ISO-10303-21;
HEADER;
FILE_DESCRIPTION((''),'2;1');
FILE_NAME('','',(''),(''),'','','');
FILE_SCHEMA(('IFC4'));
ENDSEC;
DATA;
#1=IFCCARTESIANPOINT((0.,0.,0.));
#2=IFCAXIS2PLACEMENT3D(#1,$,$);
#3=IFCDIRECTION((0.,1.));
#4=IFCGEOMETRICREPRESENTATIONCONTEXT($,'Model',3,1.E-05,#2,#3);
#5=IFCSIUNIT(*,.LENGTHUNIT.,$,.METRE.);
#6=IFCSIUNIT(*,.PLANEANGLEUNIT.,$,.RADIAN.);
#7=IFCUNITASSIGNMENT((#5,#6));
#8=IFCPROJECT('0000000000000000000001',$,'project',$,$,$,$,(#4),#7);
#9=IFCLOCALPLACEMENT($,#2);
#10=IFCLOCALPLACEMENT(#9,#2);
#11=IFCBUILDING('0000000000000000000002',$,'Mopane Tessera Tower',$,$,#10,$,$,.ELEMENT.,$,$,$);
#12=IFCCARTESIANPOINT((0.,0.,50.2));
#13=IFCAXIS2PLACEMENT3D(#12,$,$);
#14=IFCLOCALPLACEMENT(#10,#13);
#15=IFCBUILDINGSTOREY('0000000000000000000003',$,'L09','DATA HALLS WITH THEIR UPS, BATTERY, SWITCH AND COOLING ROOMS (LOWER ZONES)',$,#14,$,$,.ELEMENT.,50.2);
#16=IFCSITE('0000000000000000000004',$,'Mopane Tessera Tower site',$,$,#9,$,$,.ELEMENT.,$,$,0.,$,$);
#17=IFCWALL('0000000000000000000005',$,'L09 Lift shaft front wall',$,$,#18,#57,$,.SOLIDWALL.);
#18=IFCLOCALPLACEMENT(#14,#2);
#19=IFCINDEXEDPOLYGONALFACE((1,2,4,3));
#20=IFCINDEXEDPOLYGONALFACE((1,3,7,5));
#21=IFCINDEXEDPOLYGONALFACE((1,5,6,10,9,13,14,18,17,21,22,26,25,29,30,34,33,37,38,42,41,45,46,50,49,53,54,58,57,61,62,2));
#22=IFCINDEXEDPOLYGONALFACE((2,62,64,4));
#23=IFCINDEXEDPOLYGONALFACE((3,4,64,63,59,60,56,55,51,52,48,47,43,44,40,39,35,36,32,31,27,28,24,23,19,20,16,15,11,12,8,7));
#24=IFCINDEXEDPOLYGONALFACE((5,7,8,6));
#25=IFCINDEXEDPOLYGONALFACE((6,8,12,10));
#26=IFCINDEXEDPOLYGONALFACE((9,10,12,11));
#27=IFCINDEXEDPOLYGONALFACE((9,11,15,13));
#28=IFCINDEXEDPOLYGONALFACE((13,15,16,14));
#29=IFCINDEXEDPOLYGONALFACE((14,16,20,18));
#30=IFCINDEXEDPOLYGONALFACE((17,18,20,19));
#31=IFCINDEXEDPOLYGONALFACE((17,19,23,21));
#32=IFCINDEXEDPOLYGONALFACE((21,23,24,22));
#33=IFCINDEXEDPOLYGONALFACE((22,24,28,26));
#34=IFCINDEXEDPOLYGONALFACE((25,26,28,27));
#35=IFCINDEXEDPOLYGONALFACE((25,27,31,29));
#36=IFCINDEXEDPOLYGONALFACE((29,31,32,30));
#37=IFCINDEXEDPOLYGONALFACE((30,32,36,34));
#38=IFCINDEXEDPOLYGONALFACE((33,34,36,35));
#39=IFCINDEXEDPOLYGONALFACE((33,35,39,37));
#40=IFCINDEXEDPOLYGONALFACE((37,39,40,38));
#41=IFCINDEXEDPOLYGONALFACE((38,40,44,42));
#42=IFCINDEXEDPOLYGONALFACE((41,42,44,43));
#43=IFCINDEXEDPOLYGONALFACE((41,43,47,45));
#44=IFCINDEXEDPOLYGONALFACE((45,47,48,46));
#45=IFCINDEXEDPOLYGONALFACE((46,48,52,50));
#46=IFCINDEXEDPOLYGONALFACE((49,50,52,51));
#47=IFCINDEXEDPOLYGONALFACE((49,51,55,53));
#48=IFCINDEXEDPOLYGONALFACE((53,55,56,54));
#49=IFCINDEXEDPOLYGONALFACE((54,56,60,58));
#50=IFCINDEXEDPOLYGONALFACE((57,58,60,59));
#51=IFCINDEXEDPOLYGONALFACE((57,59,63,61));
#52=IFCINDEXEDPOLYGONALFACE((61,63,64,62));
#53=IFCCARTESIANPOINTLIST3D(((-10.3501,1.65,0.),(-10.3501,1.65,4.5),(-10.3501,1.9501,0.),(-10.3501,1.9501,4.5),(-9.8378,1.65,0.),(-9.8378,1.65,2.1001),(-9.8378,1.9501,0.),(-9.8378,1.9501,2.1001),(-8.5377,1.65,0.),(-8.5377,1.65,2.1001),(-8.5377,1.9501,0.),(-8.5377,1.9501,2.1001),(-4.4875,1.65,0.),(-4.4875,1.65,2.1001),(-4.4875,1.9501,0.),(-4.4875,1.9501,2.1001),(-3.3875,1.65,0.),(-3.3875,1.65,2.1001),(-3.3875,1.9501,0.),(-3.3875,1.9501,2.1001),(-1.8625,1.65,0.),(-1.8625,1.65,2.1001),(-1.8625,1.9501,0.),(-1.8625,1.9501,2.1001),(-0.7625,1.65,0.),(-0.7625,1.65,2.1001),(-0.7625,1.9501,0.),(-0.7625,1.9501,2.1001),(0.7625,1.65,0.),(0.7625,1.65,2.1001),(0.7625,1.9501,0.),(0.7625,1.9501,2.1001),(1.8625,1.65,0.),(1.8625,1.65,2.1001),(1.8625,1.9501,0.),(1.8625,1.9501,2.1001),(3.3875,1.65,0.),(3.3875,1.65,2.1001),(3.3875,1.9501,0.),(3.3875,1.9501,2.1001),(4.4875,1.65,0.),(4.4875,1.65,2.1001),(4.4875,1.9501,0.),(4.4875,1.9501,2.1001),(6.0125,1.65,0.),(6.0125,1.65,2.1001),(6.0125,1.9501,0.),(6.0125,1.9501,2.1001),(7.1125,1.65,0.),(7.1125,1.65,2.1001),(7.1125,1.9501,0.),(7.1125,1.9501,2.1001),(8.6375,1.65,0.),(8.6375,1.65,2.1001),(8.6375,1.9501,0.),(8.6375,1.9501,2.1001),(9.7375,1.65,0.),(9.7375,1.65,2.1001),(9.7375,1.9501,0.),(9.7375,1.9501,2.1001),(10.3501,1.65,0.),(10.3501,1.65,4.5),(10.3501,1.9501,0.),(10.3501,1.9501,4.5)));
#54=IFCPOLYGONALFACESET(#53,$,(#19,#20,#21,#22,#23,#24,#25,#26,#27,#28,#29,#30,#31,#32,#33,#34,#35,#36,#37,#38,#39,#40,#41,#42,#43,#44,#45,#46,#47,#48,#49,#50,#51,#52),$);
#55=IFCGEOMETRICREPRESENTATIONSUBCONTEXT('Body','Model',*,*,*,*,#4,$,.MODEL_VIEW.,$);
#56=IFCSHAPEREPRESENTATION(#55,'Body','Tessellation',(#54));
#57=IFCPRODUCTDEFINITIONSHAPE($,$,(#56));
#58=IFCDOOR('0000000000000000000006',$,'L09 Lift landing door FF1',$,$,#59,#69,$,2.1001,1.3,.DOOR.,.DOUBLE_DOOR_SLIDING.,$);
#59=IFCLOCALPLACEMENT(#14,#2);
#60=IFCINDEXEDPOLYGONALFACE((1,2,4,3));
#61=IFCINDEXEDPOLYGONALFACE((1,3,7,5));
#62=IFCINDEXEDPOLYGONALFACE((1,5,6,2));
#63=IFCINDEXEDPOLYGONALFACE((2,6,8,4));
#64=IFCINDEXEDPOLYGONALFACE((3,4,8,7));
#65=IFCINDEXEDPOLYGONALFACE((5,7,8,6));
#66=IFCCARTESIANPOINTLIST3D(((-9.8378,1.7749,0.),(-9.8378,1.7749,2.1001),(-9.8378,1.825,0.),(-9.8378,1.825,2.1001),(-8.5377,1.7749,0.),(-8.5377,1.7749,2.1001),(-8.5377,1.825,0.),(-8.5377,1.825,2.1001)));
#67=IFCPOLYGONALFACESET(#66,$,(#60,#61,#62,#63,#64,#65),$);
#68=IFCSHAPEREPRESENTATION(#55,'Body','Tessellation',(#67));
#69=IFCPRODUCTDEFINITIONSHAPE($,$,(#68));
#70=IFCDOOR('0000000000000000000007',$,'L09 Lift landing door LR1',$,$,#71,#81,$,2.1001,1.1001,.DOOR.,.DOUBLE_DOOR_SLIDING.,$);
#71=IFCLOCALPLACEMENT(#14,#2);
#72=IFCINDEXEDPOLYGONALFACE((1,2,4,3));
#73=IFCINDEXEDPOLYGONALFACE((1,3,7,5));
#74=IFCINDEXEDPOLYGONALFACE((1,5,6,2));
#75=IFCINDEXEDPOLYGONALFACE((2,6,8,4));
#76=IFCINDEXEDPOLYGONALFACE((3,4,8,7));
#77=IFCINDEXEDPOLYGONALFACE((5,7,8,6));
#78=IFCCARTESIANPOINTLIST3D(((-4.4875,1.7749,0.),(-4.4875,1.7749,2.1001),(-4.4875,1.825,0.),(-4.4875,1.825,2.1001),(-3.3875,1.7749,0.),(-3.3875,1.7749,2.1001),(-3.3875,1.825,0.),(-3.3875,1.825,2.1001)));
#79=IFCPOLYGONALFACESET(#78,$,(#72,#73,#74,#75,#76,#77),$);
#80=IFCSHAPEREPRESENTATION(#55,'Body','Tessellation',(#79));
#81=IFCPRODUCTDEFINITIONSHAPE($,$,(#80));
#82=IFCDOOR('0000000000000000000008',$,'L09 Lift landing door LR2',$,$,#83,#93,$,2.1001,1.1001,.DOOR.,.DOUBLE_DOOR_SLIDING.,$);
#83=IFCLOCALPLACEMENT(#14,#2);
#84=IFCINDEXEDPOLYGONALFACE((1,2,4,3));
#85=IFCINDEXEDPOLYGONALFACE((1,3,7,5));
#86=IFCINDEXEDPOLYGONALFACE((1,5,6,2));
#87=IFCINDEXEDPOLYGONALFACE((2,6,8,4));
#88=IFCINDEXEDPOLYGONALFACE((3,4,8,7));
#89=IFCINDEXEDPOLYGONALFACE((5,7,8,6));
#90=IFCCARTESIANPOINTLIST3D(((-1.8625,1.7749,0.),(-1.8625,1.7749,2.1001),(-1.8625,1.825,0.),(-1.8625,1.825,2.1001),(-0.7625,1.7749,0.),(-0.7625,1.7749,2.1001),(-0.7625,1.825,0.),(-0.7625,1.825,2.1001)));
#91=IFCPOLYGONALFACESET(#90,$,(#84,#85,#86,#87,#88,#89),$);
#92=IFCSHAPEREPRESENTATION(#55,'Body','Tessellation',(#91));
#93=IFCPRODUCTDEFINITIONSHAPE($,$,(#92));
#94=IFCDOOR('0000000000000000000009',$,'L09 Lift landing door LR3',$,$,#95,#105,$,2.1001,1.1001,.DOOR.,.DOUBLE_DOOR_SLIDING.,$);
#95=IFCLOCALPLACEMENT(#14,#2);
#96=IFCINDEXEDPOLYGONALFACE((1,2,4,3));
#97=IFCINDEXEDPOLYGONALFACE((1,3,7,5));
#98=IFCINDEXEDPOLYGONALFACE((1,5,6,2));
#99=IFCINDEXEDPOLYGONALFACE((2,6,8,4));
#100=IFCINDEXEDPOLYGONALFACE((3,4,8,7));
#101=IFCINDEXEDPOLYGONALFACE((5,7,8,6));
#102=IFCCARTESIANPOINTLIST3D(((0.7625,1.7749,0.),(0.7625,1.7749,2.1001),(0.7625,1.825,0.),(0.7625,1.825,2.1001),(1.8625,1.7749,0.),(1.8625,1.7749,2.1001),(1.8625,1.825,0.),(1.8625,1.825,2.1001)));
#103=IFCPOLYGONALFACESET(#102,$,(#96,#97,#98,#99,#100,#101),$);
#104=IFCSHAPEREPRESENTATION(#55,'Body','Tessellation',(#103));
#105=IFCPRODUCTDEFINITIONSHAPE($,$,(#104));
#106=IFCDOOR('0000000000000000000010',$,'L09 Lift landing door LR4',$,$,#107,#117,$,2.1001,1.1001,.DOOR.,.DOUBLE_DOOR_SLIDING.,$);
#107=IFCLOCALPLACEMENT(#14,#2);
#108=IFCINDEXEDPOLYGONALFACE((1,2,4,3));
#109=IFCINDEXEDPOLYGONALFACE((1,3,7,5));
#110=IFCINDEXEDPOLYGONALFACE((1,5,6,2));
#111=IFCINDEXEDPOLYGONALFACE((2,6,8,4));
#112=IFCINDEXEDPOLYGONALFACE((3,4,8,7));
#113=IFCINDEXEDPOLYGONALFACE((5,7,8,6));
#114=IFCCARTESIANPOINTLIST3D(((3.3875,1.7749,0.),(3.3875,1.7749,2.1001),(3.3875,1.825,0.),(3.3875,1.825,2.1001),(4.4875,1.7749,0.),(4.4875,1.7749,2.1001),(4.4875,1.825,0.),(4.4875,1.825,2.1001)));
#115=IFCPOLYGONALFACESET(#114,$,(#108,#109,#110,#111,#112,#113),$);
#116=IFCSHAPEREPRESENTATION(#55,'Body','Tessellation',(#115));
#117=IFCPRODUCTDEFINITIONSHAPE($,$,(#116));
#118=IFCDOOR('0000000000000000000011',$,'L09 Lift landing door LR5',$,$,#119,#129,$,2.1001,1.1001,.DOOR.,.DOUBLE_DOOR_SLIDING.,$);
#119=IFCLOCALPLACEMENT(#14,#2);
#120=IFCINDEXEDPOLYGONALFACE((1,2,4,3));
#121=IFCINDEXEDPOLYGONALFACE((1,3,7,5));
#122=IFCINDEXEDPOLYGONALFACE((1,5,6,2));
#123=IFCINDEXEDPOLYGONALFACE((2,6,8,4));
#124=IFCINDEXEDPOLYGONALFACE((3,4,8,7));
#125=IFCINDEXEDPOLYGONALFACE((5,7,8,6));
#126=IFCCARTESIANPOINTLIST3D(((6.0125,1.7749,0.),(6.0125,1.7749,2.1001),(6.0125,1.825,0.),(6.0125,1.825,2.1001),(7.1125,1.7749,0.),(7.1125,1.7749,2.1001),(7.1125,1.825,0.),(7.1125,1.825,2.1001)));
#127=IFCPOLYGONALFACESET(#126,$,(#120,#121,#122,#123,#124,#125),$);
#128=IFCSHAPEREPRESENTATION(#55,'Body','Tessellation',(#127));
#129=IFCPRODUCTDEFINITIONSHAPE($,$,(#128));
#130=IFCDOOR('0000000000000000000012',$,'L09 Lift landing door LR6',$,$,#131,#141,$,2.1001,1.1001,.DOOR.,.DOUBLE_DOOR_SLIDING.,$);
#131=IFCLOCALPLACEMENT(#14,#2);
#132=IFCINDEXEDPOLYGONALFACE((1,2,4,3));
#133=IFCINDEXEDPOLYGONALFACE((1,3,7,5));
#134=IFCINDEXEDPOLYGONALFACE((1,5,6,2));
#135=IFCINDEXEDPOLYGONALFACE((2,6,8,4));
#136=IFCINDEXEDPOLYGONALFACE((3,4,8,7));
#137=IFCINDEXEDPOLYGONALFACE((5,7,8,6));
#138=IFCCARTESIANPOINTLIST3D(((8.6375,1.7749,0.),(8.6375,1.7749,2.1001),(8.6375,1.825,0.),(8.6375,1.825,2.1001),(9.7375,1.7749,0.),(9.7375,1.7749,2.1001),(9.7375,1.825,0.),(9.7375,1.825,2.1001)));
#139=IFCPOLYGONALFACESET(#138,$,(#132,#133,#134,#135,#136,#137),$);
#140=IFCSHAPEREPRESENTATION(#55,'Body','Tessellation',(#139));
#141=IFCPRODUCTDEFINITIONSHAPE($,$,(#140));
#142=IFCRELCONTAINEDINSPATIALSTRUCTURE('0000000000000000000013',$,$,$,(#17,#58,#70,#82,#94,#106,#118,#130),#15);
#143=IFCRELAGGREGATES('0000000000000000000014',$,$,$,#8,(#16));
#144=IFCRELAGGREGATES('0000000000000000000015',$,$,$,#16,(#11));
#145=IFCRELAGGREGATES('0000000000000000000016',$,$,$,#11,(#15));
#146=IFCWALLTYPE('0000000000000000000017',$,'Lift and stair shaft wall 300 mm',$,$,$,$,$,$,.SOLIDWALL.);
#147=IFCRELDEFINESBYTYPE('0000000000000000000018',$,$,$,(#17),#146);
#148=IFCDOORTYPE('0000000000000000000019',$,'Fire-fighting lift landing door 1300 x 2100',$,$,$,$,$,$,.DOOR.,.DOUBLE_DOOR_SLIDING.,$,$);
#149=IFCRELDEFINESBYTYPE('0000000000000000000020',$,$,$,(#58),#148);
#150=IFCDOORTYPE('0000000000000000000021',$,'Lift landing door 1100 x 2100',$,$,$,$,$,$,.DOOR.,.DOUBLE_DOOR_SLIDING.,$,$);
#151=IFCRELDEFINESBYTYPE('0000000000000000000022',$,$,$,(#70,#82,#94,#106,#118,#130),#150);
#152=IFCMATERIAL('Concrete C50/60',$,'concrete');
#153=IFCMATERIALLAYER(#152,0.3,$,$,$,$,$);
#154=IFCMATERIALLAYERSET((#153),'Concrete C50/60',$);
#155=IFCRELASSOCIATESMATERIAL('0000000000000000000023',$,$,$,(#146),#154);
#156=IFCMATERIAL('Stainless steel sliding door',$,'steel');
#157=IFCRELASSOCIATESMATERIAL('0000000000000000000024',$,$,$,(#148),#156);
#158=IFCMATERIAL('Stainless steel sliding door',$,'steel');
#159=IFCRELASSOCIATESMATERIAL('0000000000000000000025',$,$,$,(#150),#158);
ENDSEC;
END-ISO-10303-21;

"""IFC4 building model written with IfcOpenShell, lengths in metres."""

from ifc_helpers import new_model, si_unit, direction, frame, frame_2d, origin, place, context, subcontext, project, spatial, rectangle, extrude, material, layer, layer_set, type_object, element, fill, save


model = new_model("IFC4")

# Units and contexts
model_context = context("Model", 3, precision=1e-05, world=origin(), true_north=direction((0.0, 1.0)))
body_context = subcontext(model_context, "Body", "Model", "MODEL_VIEW")
ifc_project = project(units=[si_unit("LENGTHUNIT", "METRE"), si_unit("PLANEANGLEUNIT", "RADIAN")], contexts=[model_context])

# Site, building, storey
site_placement = place(None, origin())
site = spatial("IfcSite", under=ifc_project, at=site_placement, Name="Mopane Tessera Tower site", CompositionType="ELEMENT", RefElevation=0.0)
building_placement = place(site_placement, origin())
building = spatial("IfcBuilding", under=site, at=building_placement, Name="Mopane Tessera Tower", CompositionType="ELEMENT")
storey_placement = place(building_placement, frame((0.0, 0.0, 50.2)))
storey = spatial("IfcBuildingStorey", under=building, at=storey_placement, Name="L09", Description="DATA HALLS WITH THEIR UPS, BATTERY, SWITCH AND COOLING ROOMS (LOWER ZONES)", CompositionType="ELEMENT", Elevation=50.2)

# Shared definitions
ifc_material_1 = material(Name="Concrete C50/60", Category="concrete")
ifc_layer_1 = layer(ifc_material_1, 0.3)
ifc_layer_set_1 = layer_set([ifc_layer_1], Name="Concrete C50/60")
wall_type_1 = type_object("IfcWallType", Name="Lift and stair shaft wall 300 mm", PredefinedType="SOLIDWALL", material=ifc_layer_set_1)

# Wall, openings, doors
wall_1_placement = place(storey_placement, frame((-10.3501, 1.8, 0.0), z_axis=(0.0, 0.0, 1.0), x_axis=(1.0, 0.0, 0.0)))
wall_1 = element("IfcWall", 1, at=wall_1_placement, inside=storey, type_object=wall_type_1, Name="L09 Lift shaft front wall", PredefinedType="SOLIDWALL", context=body_context, shape_type="SweptSolid", body=[
    extrude(rectangle(XDim=20.7002, YDim=0.3, at=frame_2d((10.3501, 0.0))), origin(), (0.0, 0.0, 1.0), 4.5),
])
opening_1_placement = place(wall_1_placement, frame((0.5125, 0.0, 0.0)))
opening_1 = element("IfcOpeningElement", 2, at=opening_1_placement, cuts=wall_1, PredefinedType="OPENING", context=body_context, shape_type="SweptSolid", body=[
    extrude(rectangle(XDim=1.3, YDim=2.1001, at=frame_2d((0.6499, 1.05))), frame((0.0, 0.1621, 0.0), z_axis=(0.0, -1.0, 0.0), x_axis=(1.0, 0.0, 0.0)), (0.0, 0.0, 1.0), 0.324),
])
opening_2_placement = place(wall_1_placement, frame((5.8625, 0.0, 0.0)))
opening_2 = element("IfcOpeningElement", 3, at=opening_2_placement, cuts=wall_1, PredefinedType="OPENING", context=body_context, shape_type="SweptSolid", body=[
    extrude(rectangle(XDim=1.1001, YDim=2.1001, at=frame_2d((0.55, 1.05))), frame((0.0, 0.1621, 0.0), z_axis=(0.0, -1.0, 0.0), x_axis=(1.0, 0.0, 0.0)), (0.0, 0.0, 1.0), 0.324),
])
opening_3_placement = place(wall_1_placement, frame((8.4875, 0.0, 0.0)))
opening_3 = element("IfcOpeningElement", 4, at=opening_3_placement, cuts=wall_1, PredefinedType="OPENING", context=body_context, shape_type="SweptSolid", body=[
    extrude(rectangle(XDim=1.1001, YDim=2.1001, at=frame_2d((0.55, 1.05))), frame((0.0, 0.1621, 0.0), z_axis=(0.0, -1.0, 0.0), x_axis=(1.0, 0.0, 0.0)), (0.0, 0.0, 1.0), 0.324),
])
opening_4_placement = place(wall_1_placement, frame((11.1125, 0.0, 0.0)))
opening_4 = element("IfcOpeningElement", 5, at=opening_4_placement, cuts=wall_1, PredefinedType="OPENING", context=body_context, shape_type="SweptSolid", body=[
    extrude(rectangle(XDim=1.1001, YDim=2.1001, at=frame_2d((0.55, 1.05))), frame((0.0, 0.1621, 0.0), z_axis=(0.0, -1.0, 0.0), x_axis=(1.0, 0.0, 0.0)), (0.0, 0.0, 1.0), 0.324),
])
opening_5_placement = place(wall_1_placement, frame((13.7375, 0.0, 0.0)))
opening_5 = element("IfcOpeningElement", 6, at=opening_5_placement, cuts=wall_1, PredefinedType="OPENING", context=body_context, shape_type="SweptSolid", body=[
    extrude(rectangle(XDim=1.1001, YDim=2.1001, at=frame_2d((0.55, 1.05))), frame((0.0, 0.1621, 0.0), z_axis=(0.0, -1.0, 0.0), x_axis=(1.0, 0.0, 0.0)), (0.0, 0.0, 1.0), 0.324),
])
opening_6_placement = place(wall_1_placement, frame((16.3625, 0.0, 0.0)))
opening_6 = element("IfcOpeningElement", 7, at=opening_6_placement, cuts=wall_1, PredefinedType="OPENING", context=body_context, shape_type="SweptSolid", body=[
    extrude(rectangle(XDim=1.1001, YDim=2.1001, at=frame_2d((0.55, 1.05))), frame((0.0, 0.1621, 0.0), z_axis=(0.0, -1.0, 0.0), x_axis=(1.0, 0.0, 0.0)), (0.0, 0.0, 1.0), 0.324),
])
opening_7_placement = place(wall_1_placement, frame((18.9875, 0.0, 0.0)))
opening_7 = element("IfcOpeningElement", 8, at=opening_7_placement, cuts=wall_1, PredefinedType="OPENING", context=body_context, shape_type="SweptSolid", body=[
    extrude(rectangle(XDim=1.1001, YDim=2.1001, at=frame_2d((0.55, 1.05))), frame((0.0, 0.1621, 0.0), z_axis=(0.0, -1.0, 0.0), x_axis=(1.0, 0.0, 0.0)), (0.0, 0.0, 1.0), 0.324),
])
ifc_material_2 = material(Name="Stainless steel sliding door", Category="steel")
door_type_1 = type_object("IfcDoorType", Name="Fire-fighting lift landing door 1300 x 2100", OperationType="DOUBLE_DOOR_SLIDING", PredefinedType="DOOR", material=ifc_material_2)
door_1_placement = place(opening_1_placement, origin())
door_1 = element("IfcDoor", 9, at=door_1_placement, inside=storey, type_object=door_type_1, Name="L09 Lift landing door FF1", OperationType="DOUBLE_DOOR_SLIDING", OverallHeight=2.1001, OverallWidth=1.3, PredefinedType="DOOR", context=body_context, shape_type="SweptSolid", body=[
    extrude(rectangle(XDim=1.3, YDim=2.1001, at=frame_2d((0.6499, 1.05))), frame((0.0, 0.0249, 0.0), z_axis=(0.0, -1.0, 0.0), x_axis=(1.0, 0.0, 0.0)), (0.0, 0.0, 1.0), 0.05),
])
fill(opening_1, door_1)
ifc_material_3 = material(Name="Stainless steel sliding door", Category="steel")
door_type_2 = type_object("IfcDoorType", Name="Lift landing door 1100 x 2100", OperationType="DOUBLE_DOOR_SLIDING", PredefinedType="DOOR", material=ifc_material_3)
door_2_placement = place(opening_2_placement, origin())
door_2 = element("IfcDoor", 10, at=door_2_placement, inside=storey, type_object=door_type_2, Name="L09 Lift landing door LR1", OperationType="DOUBLE_DOOR_SLIDING", OverallHeight=2.1001, OverallWidth=1.1001, PredefinedType="DOOR", context=body_context, shape_type="SweptSolid", body=[
    extrude(rectangle(XDim=1.1001, YDim=2.1001, at=frame_2d((0.55, 1.05))), frame((0.0, 0.0249, 0.0), z_axis=(0.0, -1.0, 0.0), x_axis=(1.0, 0.0, 0.0)), (0.0, 0.0, 1.0), 0.05),
])
fill(opening_2, door_2)
door_3_placement = place(opening_3_placement, origin())
door_3 = element("IfcDoor", 11, at=door_3_placement, inside=storey, type_object=door_type_2, Name="L09 Lift landing door LR2", OperationType="DOUBLE_DOOR_SLIDING", OverallHeight=2.1001, OverallWidth=1.1001, PredefinedType="DOOR", context=body_context, shape_type="SweptSolid", body=[
    extrude(rectangle(XDim=1.1001, YDim=2.1001, at=frame_2d((0.55, 1.05))), frame((0.0, 0.0249, 0.0), z_axis=(0.0, -1.0, 0.0), x_axis=(1.0, 0.0, 0.0)), (0.0, 0.0, 1.0), 0.05),
])
fill(opening_3, door_3)
door_4_placement = place(opening_4_placement, origin())
door_4 = element("IfcDoor", 12, at=door_4_placement, inside=storey, type_object=door_type_2, Name="L09 Lift landing door LR3", OperationType="DOUBLE_DOOR_SLIDING", OverallHeight=2.1001, OverallWidth=1.1001, PredefinedType="DOOR", context=body_context, shape_type="SweptSolid", body=[
    extrude(rectangle(XDim=1.1001, YDim=2.1001, at=frame_2d((0.55, 1.05))), frame((0.0, 0.0249, 0.0), z_axis=(0.0, -1.0, 0.0), x_axis=(1.0, 0.0, 0.0)), (0.0, 0.0, 1.0), 0.05),
])
fill(opening_4, door_4)
door_5_placement = place(opening_5_placement, origin())
door_5 = element("IfcDoor", 13, at=door_5_placement, inside=storey, type_object=door_type_2, Name="L09 Lift landing door LR4", OperationType="DOUBLE_DOOR_SLIDING", OverallHeight=2.1001, OverallWidth=1.1001, PredefinedType="DOOR", context=body_context, shape_type="SweptSolid", body=[
    extrude(rectangle(XDim=1.1001, YDim=2.1001, at=frame_2d((0.55, 1.05))), frame((0.0, 0.0249, 0.0), z_axis=(0.0, -1.0, 0.0), x_axis=(1.0, 0.0, 0.0)), (0.0, 0.0, 1.0), 0.05),
])
fill(opening_5, door_5)
door_6_placement = place(opening_6_placement, origin())
door_6 = element("IfcDoor", 14, at=door_6_placement, inside=storey, type_object=door_type_2, Name="L09 Lift landing door LR5", OperationType="DOUBLE_DOOR_SLIDING", OverallHeight=2.1001, OverallWidth=1.1001, PredefinedType="DOOR", context=body_context, shape_type="SweptSolid", body=[
    extrude(rectangle(XDim=1.1001, YDim=2.1001, at=frame_2d((0.55, 1.05))), frame((0.0, 0.0249, 0.0), z_axis=(0.0, -1.0, 0.0), x_axis=(1.0, 0.0, 0.0)), (0.0, 0.0, 1.0), 0.05),
])
fill(opening_6, door_6)
door_7_placement = place(opening_7_placement, origin())
door_7 = element("IfcDoor", 15, at=door_7_placement, inside=storey, type_object=door_type_2, Name="L09 Lift landing door LR6", OperationType="DOUBLE_DOOR_SLIDING", OverallHeight=2.1001, OverallWidth=1.1001, PredefinedType="DOOR", context=body_context, shape_type="SweptSolid", body=[
    extrude(rectangle(XDim=1.1001, YDim=2.1001, at=frame_2d((0.55, 1.05))), frame((0.0, 0.0249, 0.0), z_axis=(0.0, -1.0, 0.0), x_axis=(1.0, 0.0, 0.0)), (0.0, 0.0, 1.0), 0.05),
])
fill(opening_7, door_7)

save(model, "model.ifc")
